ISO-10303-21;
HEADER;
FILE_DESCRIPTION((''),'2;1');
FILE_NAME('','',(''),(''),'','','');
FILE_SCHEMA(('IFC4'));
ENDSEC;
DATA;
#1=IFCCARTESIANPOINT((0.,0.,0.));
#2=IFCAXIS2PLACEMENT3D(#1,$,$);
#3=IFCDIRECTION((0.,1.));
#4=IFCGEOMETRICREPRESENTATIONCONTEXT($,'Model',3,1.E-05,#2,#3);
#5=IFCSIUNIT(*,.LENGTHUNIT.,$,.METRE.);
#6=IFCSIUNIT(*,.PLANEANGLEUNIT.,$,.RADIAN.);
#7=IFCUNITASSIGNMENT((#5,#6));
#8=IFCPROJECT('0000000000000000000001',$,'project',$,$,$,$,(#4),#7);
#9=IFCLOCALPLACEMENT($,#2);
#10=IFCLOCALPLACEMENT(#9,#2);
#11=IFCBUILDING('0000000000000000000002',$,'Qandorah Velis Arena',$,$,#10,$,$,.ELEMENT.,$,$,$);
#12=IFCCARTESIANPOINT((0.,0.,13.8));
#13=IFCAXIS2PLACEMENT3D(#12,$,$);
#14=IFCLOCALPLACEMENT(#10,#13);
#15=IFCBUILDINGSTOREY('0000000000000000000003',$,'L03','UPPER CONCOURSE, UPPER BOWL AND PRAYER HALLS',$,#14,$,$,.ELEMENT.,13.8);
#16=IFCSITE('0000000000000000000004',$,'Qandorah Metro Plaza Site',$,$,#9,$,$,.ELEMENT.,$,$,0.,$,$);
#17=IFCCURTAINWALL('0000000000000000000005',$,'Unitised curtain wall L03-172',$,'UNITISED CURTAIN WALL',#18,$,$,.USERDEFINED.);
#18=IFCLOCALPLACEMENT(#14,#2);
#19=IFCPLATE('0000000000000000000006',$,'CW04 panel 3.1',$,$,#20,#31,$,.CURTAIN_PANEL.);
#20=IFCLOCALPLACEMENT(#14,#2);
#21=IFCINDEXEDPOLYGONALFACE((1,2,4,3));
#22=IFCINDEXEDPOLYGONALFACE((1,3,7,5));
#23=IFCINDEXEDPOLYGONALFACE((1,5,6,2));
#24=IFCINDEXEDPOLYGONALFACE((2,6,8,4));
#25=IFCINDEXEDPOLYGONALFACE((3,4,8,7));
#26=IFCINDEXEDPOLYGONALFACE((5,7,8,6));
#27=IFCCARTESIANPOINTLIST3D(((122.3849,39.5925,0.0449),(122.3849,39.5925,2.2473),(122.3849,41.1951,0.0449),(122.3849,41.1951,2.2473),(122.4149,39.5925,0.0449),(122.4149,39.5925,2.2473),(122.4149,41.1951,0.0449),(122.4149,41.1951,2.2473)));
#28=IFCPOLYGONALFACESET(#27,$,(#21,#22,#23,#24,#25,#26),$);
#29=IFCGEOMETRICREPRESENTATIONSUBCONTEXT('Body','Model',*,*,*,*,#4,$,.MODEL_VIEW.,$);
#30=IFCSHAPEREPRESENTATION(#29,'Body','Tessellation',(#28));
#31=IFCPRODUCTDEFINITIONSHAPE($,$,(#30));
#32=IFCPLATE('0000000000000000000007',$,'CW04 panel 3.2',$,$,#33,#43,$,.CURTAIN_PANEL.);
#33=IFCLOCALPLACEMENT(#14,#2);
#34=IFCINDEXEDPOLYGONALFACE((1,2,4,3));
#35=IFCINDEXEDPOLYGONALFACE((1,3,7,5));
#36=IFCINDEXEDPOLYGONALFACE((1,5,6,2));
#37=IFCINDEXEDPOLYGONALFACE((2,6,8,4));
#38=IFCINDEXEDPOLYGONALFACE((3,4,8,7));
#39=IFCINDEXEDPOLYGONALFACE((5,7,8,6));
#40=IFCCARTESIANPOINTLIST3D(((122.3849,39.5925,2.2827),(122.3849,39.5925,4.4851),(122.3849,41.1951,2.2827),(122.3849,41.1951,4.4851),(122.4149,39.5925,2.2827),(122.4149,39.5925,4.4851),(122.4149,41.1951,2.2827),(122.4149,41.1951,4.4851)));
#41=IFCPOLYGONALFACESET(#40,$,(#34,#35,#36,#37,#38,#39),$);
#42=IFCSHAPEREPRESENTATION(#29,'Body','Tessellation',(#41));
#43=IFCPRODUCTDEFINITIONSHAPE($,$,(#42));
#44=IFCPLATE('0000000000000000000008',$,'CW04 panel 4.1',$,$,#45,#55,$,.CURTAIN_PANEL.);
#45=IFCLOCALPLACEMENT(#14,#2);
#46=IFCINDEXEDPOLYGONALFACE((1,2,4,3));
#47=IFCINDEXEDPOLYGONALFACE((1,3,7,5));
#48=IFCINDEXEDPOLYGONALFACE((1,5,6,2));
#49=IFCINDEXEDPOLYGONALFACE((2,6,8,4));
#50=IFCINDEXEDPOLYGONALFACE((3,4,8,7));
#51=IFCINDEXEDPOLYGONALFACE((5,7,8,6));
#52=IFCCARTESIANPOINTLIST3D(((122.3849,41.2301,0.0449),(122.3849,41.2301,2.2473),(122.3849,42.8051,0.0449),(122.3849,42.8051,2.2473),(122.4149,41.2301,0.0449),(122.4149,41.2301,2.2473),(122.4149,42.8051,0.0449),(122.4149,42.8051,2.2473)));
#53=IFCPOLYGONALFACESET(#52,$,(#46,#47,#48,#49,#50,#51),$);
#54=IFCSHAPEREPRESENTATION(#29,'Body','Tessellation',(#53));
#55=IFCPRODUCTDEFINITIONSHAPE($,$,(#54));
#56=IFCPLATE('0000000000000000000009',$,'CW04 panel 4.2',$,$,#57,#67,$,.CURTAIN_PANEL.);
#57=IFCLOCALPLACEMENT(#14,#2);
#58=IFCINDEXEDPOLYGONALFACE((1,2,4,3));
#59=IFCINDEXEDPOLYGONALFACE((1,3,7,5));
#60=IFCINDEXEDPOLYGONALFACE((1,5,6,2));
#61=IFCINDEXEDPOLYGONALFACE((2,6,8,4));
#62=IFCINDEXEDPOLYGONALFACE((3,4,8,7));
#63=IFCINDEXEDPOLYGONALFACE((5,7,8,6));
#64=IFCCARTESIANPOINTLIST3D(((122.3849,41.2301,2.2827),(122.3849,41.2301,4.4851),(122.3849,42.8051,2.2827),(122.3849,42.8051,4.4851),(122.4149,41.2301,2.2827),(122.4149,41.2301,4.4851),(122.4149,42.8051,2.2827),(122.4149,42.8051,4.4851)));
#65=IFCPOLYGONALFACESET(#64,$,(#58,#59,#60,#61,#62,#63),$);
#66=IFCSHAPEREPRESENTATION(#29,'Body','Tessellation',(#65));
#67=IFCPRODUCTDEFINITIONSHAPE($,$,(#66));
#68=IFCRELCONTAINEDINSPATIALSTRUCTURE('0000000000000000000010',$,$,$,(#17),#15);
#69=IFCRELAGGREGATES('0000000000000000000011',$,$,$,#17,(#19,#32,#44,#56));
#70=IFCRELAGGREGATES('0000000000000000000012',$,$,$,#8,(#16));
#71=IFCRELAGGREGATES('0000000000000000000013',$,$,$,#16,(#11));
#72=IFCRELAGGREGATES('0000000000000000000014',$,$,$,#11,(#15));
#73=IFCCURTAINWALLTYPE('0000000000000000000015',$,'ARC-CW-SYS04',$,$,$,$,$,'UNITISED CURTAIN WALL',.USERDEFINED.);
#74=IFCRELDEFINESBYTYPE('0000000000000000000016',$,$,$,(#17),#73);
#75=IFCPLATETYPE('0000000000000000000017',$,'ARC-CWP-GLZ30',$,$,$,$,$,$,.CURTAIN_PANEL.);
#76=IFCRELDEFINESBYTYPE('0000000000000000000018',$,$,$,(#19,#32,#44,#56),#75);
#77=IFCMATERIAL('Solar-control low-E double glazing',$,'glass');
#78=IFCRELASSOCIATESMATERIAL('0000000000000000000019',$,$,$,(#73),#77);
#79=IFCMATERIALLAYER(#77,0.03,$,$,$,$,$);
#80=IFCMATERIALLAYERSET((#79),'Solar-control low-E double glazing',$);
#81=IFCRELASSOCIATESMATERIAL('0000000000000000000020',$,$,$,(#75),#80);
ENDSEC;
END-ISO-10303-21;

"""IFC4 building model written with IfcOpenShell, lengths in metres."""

from ifc_helpers import new_model, si_unit, direction, frame, origin, origin_2d, place, context, subcontext, project, spatial, rectangle, extrude, material, layer, layer_set, type_object, element, aggregate, save


model = new_model("IFC4")

# Units and contexts
model_context = context("Model", 3, precision=1e-05, world=origin(), true_north=direction((0.0, 1.0)))
body_context = subcontext(model_context, "Body", "Model", "MODEL_VIEW")
ifc_project = project(units=[si_unit("LENGTHUNIT", "METRE"), si_unit("PLANEANGLEUNIT", "RADIAN")], contexts=[model_context])

# Site, building, storey
site_placement = place(None, origin())
site = spatial("IfcSite", under=ifc_project, at=site_placement, Name="Qandorah Metro Plaza Site", CompositionType="ELEMENT", RefElevation=0.0)
building_placement = place(site_placement, origin())
building = spatial("IfcBuilding", under=site, at=building_placement, Name="Qandorah Velis Arena", CompositionType="ELEMENT")
storey_placement = place(building_placement, frame((0.0, 0.0, 13.8)))
storey = spatial("IfcBuildingStorey", under=building, at=storey_placement, Name="L03", Description="UPPER CONCOURSE, UPPER BOWL AND PRAYER HALLS", CompositionType="ELEMENT", Elevation=13.8)

# Curtain wall
ifc_material_1 = material(Name="Solar-control low-E double glazing", Category="glass")
curtain_wall_type = type_object("IfcCurtainWallType", Name="ARC-CW-SYS04", ElementType="UNITISED CURTAIN WALL", PredefinedType="USERDEFINED", material=ifc_material_1)
curtain_wall_placement = place(storey_placement, origin())
curtain_wall = element("IfcCurtainWall", 1, at=curtain_wall_placement, inside=storey, type_object=curtain_wall_type, Name="Unitised curtain wall L03-172", ObjectType="UNITISED CURTAIN WALL", PredefinedType="USERDEFINED")

# Plates
ifc_layer = layer(ifc_material_1, 0.03)
ifc_layer_set = layer_set([ifc_layer], Name="Solar-control low-E double glazing")
plate_type = type_object("IfcPlateType", Name="ARC-CWP-GLZ30", PredefinedType="CURTAIN_PANEL", material=ifc_layer_set)
plate_1_placement = place(storey_placement, frame((122.3999, 40.3938, 0.0449), z_axis=(0.0, 0.0, 1.0), x_axis=(0.0, 1.0, 0.0)))
plate_1 = element("IfcPlate", 2, at=plate_1_placement, type_object=plate_type, Name="CW04 panel 3.1", PredefinedType="CURTAIN_PANEL", context=body_context, shape_type="SweptSolid", body=[
    extrude(rectangle(XDim=1.6025, YDim=0.03, at=origin_2d()), origin(), (0.0, 0.0, 1.0), 2.2024),
])
plate_2_placement = place(storey_placement, frame((122.3999, 40.3938, 2.2827), z_axis=(0.0, 0.0, 1.0), x_axis=(0.0, 1.0, 0.0)))
plate_2 = element("IfcPlate", 3, at=plate_2_placement, type_object=plate_type, Name="CW04 panel 3.2", PredefinedType="CURTAIN_PANEL", context=body_context, shape_type="SweptSolid", body=[
    extrude(rectangle(XDim=1.6025, YDim=0.03, at=origin_2d()), origin(), (0.0, 0.0, 1.0), 2.2024),
])
plate_3_placement = place(storey_placement, frame((122.3999, 42.0176, 0.0449), z_axis=(0.0, 0.0, 1.0), x_axis=(0.0, 1.0, 0.0)))
plate_3 = element("IfcPlate", 4, at=plate_3_placement, type_object=plate_type, Name="CW04 panel 4.1", PredefinedType="CURTAIN_PANEL", context=body_context, shape_type="SweptSolid", body=[
    extrude(rectangle(XDim=1.575, YDim=0.03, at=origin_2d()), origin(), (0.0, 0.0, 1.0), 2.2024),
])
plate_4_placement = place(storey_placement, frame((122.3999, 42.0176, 2.2827), z_axis=(0.0, 0.0, 1.0), x_axis=(0.0, 1.0, 0.0)))
plate_4 = element("IfcPlate", 5, at=plate_4_placement, type_object=plate_type, Name="CW04 panel 4.2", PredefinedType="CURTAIN_PANEL", context=body_context, shape_type="SweptSolid", body=[
    extrude(rectangle(XDim=1.575, YDim=0.03, at=origin_2d()), origin(), (0.0, 0.0, 1.0), 2.2024),
])
aggregate(curtain_wall, [plate_1, plate_2, plate_3, plate_4])

save(model, "model.ifc")
